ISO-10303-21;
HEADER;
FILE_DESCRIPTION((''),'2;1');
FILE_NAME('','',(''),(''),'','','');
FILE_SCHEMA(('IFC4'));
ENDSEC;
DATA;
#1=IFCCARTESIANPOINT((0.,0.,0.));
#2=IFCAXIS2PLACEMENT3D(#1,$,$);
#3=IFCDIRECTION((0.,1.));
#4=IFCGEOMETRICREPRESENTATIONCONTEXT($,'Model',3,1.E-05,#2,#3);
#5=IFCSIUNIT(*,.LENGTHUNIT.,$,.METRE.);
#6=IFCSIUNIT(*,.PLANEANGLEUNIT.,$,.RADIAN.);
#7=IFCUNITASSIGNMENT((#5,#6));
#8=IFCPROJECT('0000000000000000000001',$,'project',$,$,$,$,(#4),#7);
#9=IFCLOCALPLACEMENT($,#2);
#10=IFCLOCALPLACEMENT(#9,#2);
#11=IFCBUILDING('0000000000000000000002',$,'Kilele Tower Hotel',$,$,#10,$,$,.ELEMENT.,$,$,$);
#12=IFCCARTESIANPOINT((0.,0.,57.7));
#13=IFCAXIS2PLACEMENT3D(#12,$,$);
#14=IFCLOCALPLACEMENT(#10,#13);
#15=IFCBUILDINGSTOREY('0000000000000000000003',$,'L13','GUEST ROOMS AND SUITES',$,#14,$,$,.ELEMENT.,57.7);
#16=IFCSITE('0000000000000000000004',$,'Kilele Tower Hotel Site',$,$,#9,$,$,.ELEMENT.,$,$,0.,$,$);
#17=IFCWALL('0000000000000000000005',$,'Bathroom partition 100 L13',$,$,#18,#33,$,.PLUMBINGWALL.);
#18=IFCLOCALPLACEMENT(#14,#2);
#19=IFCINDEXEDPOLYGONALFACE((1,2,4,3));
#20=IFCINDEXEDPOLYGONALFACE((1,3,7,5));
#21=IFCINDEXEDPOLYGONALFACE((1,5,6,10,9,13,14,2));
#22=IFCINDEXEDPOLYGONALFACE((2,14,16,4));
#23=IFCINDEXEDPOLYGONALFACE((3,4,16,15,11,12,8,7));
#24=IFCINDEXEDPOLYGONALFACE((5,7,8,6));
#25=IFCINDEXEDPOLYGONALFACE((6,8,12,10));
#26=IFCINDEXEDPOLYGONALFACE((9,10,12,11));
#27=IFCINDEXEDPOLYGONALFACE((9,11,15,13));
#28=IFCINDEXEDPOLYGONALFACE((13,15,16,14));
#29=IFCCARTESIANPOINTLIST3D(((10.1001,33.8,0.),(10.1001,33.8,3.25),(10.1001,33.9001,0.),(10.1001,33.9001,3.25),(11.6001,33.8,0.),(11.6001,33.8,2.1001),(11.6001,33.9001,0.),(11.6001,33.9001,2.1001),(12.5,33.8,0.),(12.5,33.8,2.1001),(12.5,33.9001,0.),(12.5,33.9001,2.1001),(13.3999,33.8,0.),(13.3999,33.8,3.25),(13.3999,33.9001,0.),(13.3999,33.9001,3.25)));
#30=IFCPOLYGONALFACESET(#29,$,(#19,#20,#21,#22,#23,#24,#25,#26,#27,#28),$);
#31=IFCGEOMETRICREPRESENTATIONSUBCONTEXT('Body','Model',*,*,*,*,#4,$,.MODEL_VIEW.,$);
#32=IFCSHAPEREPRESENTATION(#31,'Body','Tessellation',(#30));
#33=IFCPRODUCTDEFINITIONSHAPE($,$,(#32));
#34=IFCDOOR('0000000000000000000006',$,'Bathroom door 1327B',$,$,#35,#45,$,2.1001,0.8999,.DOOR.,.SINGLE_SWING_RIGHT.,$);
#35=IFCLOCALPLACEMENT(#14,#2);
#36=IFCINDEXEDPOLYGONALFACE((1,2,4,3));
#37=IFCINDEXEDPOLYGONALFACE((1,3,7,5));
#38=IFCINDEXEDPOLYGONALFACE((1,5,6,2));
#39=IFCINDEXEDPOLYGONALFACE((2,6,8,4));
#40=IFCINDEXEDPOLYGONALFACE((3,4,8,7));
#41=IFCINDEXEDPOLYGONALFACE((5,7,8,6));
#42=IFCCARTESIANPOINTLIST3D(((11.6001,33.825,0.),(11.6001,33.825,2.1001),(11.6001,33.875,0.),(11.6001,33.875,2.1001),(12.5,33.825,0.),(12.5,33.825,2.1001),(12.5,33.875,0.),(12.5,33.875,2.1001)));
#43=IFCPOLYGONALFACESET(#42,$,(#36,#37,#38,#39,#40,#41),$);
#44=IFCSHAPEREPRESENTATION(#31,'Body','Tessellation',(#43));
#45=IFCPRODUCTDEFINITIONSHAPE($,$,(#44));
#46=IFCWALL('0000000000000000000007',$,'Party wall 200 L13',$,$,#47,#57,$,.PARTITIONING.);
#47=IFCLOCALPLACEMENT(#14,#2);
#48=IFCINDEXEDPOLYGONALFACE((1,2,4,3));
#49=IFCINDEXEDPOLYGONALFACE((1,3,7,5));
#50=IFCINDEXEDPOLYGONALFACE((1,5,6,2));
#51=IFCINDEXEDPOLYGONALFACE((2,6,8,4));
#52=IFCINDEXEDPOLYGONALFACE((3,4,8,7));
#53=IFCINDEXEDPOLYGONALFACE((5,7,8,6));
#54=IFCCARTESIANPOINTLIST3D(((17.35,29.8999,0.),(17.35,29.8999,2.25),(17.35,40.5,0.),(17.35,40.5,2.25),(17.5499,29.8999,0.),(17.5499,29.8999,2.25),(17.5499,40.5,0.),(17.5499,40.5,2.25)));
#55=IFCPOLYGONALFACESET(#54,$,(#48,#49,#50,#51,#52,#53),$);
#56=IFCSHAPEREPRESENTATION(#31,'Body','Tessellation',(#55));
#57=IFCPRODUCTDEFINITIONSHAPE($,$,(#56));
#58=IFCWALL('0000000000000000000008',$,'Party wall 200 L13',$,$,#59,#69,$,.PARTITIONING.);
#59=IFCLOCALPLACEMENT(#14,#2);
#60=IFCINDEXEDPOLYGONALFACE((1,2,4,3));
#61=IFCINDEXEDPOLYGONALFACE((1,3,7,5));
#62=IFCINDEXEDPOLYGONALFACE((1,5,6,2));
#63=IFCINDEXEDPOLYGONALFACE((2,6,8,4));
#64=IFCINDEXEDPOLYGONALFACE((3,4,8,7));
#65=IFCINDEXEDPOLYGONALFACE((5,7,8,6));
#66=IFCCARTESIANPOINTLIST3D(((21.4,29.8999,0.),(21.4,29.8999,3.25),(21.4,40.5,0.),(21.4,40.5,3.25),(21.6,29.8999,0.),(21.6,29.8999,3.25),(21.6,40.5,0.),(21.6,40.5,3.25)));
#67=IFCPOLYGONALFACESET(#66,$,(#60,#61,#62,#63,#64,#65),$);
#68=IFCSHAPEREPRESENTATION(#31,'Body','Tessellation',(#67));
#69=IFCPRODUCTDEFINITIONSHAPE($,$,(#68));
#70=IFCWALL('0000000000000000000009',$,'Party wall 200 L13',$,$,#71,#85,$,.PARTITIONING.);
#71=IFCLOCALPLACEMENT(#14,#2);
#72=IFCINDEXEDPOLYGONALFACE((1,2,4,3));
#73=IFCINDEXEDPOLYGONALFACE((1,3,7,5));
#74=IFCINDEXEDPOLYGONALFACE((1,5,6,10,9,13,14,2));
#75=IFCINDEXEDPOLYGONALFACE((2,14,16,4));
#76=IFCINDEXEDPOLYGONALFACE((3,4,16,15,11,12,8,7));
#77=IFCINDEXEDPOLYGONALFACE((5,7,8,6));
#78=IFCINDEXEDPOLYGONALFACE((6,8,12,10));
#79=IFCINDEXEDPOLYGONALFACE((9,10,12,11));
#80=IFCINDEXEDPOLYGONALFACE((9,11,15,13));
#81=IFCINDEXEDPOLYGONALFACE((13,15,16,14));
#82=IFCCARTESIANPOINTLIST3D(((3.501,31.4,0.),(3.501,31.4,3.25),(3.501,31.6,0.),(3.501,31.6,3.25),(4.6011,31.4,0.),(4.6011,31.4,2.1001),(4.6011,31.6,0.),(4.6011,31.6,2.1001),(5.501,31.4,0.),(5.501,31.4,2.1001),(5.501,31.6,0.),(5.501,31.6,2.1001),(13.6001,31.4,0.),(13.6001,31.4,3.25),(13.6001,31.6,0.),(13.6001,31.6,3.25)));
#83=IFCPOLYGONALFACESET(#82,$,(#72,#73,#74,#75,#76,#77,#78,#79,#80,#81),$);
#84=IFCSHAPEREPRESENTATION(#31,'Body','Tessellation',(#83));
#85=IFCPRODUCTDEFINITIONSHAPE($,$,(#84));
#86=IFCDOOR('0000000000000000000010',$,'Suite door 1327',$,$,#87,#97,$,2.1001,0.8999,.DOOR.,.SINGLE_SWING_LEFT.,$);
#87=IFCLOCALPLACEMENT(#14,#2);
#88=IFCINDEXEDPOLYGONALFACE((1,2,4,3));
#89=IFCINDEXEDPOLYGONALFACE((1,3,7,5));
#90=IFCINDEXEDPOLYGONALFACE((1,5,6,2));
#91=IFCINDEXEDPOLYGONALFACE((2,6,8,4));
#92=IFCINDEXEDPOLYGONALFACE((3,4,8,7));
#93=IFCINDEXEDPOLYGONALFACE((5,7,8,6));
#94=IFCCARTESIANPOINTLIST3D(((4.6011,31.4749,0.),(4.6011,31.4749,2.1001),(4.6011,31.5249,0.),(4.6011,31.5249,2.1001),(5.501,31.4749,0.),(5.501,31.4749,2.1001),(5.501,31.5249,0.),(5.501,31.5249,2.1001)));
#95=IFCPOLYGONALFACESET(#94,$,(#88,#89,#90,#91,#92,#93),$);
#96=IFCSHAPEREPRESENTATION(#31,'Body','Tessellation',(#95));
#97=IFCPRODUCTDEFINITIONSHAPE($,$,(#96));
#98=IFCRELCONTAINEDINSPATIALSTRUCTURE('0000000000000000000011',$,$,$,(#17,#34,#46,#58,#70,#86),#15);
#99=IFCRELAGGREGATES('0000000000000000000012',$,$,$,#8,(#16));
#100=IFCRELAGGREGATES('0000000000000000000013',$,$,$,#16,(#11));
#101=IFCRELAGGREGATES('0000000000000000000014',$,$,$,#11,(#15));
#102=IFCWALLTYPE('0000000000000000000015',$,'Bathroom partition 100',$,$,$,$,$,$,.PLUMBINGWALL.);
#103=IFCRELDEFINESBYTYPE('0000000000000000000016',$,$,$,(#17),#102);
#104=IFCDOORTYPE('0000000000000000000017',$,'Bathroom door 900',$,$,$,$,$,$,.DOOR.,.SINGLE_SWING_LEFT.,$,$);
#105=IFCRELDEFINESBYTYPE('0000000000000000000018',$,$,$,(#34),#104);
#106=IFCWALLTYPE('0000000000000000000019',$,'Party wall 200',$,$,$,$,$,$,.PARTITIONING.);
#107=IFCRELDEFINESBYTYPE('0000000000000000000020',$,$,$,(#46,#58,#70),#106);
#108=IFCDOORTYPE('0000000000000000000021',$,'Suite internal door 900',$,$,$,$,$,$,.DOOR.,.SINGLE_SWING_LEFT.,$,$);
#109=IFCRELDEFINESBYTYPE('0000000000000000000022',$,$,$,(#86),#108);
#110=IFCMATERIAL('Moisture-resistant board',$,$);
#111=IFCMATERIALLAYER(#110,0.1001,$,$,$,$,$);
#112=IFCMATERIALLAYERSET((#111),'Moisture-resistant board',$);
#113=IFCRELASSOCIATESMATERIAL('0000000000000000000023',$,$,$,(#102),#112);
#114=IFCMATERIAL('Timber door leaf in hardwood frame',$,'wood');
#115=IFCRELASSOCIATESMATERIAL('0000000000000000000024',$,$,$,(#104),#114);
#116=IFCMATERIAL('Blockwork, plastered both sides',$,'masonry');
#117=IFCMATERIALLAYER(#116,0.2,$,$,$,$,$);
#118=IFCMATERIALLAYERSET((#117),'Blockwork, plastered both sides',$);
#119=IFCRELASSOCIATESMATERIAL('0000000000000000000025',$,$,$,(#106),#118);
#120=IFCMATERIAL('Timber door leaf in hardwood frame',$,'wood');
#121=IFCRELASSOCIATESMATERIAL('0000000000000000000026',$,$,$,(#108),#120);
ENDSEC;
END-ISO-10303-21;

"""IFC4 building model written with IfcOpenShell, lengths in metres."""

from ifc_helpers import new_model, si_unit, direction, frame, frame_2d, origin, place, context, subcontext, project, spatial, rectangle, extrude, material, layer, layer_set, type_object, element, fill, save


model = new_model("IFC4")

# Units and contexts
model_context = context("Model", 3, precision=1e-05, world=origin(), true_north=direction((0.0, 1.0)))
body_context = subcontext(model_context, "Body", "Model", "MODEL_VIEW")
ifc_project = project(units=[si_unit("LENGTHUNIT", "METRE"), si_unit("PLANEANGLEUNIT", "RADIAN")], contexts=[model_context])

# Site, building, storey
site_placement = place(None, origin())
site = spatial("IfcSite", under=ifc_project, at=site_placement, Name="Kilele Tower Hotel Site", CompositionType="ELEMENT", RefElevation=0.0)
building_placement = place(site_placement, origin())
building = spatial("IfcBuilding", under=site, at=building_placement, Name="Kilele Tower Hotel", CompositionType="ELEMENT")
storey_placement = place(building_placement, frame((0.0, 0.0, 57.7)))
storey = spatial("IfcBuildingStorey", under=building, at=storey_placement, Name="L13", Description="GUEST ROOMS AND SUITES", CompositionType="ELEMENT", Elevation=57.7)

# Shared definitions
ifc_material_1 = material(Name="Moisture-resistant board")
ifc_layer_1 = layer(ifc_material_1, 0.1001)
ifc_layer_set_1 = layer_set([ifc_layer_1], Name="Moisture-resistant board")
wall_type_1 = type_object("IfcWallType", Name="Bathroom partition 100", PredefinedType="PLUMBINGWALL", material=ifc_layer_set_1)

# Shared definitions
ifc_material_2 = material(Name="Timber door leaf in hardwood frame", Category="wood")
door_type_1 = type_object("IfcDoorType", Name="Bathroom door 900", OperationType="SINGLE_SWING_LEFT", PredefinedType="DOOR", material=ifc_material_2)

# Wall, opening, door
wall_1_placement = place(storey_placement, frame((13.3999, 33.8501, 0.0), z_axis=(0.0, 0.0, 1.0), x_axis=(-1.0, 0.0, 0.0)))
wall_1 = element("IfcWall", 1, at=wall_1_placement, inside=storey, type_object=wall_type_1, Name="Bathroom partition 100 L13", PredefinedType="PLUMBINGWALL", context=body_context, shape_type="SweptSolid", body=[
    extrude(rectangle(XDim=3.2998, YDim=0.1001, at=frame_2d((1.6499, 0.0))), origin(), (0.0, 0.0, 1.0), 3.25),
])
opening_1_placement = place(wall_1_placement, frame((1.7998, 0.0, 0.0), z_axis=(0.0, 0.0, 1.0), x_axis=(-1.0, 0.0, 0.0)))
opening_1 = element("IfcOpeningElement", 2, at=opening_1_placement, cuts=wall_1, PredefinedType="OPENING", context=body_context, shape_type="SweptSolid", body=[
    extrude(rectangle(XDim=0.8999, YDim=2.1001, at=frame_2d((0.45, 1.05))), frame((0.0, 0.0601, 0.0), z_axis=(0.0, -1.0, 0.0), x_axis=(1.0, 0.0, 0.0)), (0.0, 0.0, 1.0), 0.1201),
])
door_1_placement = place(opening_1_placement, origin())
door_1 = element("IfcDoor", 3, at=door_1_placement, inside=storey, type_object=door_type_1, Name="Bathroom door 1327B", OperationType="SINGLE_SWING_RIGHT", OverallHeight=2.1001, OverallWidth=0.8999, PredefinedType="DOOR", context=body_context, shape_type="SweptSolid", body=[
    extrude(rectangle(XDim=0.8999, YDim=2.1001, at=frame_2d((0.45, 1.05))), frame((0.0, 0.0249, 0.0), z_axis=(0.0, -1.0, 0.0), x_axis=(1.0, 0.0, 0.0)), (0.0, 0.0, 1.0), 0.05),
])
fill(opening_1, door_1)

# Walls
ifc_material_3 = material(Name="Blockwork, plastered both sides", Category="masonry")
ifc_layer_2 = layer(ifc_material_3, 0.2)
ifc_layer_set_2 = layer_set([ifc_layer_2], Name="Blockwork, plastered both sides")
wall_type_2 = type_object("IfcWallType", Name="Party wall 200", PredefinedType="PARTITIONING", material=ifc_layer_set_2)
wall_2_placement = place(storey_placement, frame((17.45, 29.8999, 0.0), z_axis=(0.0, 0.0, 1.0), x_axis=(0.0, 1.0, 0.0)))
element("IfcWall", 4, at=wall_2_placement, inside=storey, type_object=wall_type_2, Name="Party wall 200 L13", PredefinedType="PARTITIONING", context=body_context, shape_type="SweptSolid", body=[
    extrude(rectangle(XDim=10.6001, YDim=0.2, at=frame_2d((5.3, 0.0))), origin(), (0.0, 0.0, 1.0), 2.25),
])
wall_3_placement = place(storey_placement, frame((21.5, 29.8999, 0.0), z_axis=(0.0, 0.0, 1.0), x_axis=(0.0, 1.0, 0.0)))
element("IfcWall", 5, at=wall_3_placement, inside=storey, type_object=wall_type_2, Name="Party wall 200 L13", PredefinedType="PARTITIONING", context=body_context, shape_type="SweptSolid", body=[
    extrude(rectangle(XDim=10.6001, YDim=0.2, at=frame_2d((5.3, 0.0))), origin(), (0.0, 0.0, 1.0), 3.25),
])

# Wall, opening, door
wall_4_placement = place(storey_placement, frame((13.6001, 31.5, 0.0), z_axis=(0.0, 0.0, 1.0), x_axis=(-1.0, 0.0, 0.0)))
wall_4 = element("IfcWall", 6, at=wall_4_placement, inside=storey, type_object=wall_type_2, Name="Party wall 200 L13", PredefinedType="PARTITIONING", context=body_context, shape_type="SweptSolid", body=[
    extrude(rectangle(XDim=10.0991, YDim=0.2, at=frame_2d((5.0496, 0.0))), origin(), (0.0, 0.0, 1.0), 3.25),
])
opening_2_placement = place(wall_4_placement, frame((8.999, 0.0, 0.0), z_axis=(0.0, 0.0, 1.0), x_axis=(-1.0, 0.0, 0.0)))
opening_2 = element("IfcOpeningElement", 7, at=opening_2_placement, cuts=wall_4, PredefinedType="OPENING", context=body_context, shape_type="SweptSolid", body=[
    extrude(rectangle(XDim=0.8999, YDim=2.1001, at=frame_2d((0.45, 1.05))), frame((0.0, 0.1099, 0.0), z_axis=(0.0, -1.0, 0.0), x_axis=(1.0, 0.0, 0.0)), (0.0, 0.0, 1.0), 0.22),
])
ifc_material_4 = material(Name="Timber door leaf in hardwood frame", Category="wood")
door_type_2 = type_object("IfcDoorType", Name="Suite internal door 900", OperationType="SINGLE_SWING_LEFT", PredefinedType="DOOR", material=ifc_material_4)
door_2_placement = place(opening_2_placement, origin())
door_2 = element("IfcDoor", 8, at=door_2_placement, inside=storey, type_object=door_type_2, Name="Suite door 1327", OperationType="SINGLE_SWING_LEFT", OverallHeight=2.1001, OverallWidth=0.8999, PredefinedType="DOOR", context=body_context, shape_type="SweptSolid", body=[
    extrude(rectangle(XDim=0.8999, YDim=2.1001, at=frame_2d((0.45, 1.05))), frame((0.0, 0.0249, 0.0), z_axis=(0.0, -1.0, 0.0), x_axis=(1.0, 0.0, 0.0)), (0.0, 0.0, 1.0), 0.05),
])
fill(opening_2, door_2)

save(model, "model.ifc")
